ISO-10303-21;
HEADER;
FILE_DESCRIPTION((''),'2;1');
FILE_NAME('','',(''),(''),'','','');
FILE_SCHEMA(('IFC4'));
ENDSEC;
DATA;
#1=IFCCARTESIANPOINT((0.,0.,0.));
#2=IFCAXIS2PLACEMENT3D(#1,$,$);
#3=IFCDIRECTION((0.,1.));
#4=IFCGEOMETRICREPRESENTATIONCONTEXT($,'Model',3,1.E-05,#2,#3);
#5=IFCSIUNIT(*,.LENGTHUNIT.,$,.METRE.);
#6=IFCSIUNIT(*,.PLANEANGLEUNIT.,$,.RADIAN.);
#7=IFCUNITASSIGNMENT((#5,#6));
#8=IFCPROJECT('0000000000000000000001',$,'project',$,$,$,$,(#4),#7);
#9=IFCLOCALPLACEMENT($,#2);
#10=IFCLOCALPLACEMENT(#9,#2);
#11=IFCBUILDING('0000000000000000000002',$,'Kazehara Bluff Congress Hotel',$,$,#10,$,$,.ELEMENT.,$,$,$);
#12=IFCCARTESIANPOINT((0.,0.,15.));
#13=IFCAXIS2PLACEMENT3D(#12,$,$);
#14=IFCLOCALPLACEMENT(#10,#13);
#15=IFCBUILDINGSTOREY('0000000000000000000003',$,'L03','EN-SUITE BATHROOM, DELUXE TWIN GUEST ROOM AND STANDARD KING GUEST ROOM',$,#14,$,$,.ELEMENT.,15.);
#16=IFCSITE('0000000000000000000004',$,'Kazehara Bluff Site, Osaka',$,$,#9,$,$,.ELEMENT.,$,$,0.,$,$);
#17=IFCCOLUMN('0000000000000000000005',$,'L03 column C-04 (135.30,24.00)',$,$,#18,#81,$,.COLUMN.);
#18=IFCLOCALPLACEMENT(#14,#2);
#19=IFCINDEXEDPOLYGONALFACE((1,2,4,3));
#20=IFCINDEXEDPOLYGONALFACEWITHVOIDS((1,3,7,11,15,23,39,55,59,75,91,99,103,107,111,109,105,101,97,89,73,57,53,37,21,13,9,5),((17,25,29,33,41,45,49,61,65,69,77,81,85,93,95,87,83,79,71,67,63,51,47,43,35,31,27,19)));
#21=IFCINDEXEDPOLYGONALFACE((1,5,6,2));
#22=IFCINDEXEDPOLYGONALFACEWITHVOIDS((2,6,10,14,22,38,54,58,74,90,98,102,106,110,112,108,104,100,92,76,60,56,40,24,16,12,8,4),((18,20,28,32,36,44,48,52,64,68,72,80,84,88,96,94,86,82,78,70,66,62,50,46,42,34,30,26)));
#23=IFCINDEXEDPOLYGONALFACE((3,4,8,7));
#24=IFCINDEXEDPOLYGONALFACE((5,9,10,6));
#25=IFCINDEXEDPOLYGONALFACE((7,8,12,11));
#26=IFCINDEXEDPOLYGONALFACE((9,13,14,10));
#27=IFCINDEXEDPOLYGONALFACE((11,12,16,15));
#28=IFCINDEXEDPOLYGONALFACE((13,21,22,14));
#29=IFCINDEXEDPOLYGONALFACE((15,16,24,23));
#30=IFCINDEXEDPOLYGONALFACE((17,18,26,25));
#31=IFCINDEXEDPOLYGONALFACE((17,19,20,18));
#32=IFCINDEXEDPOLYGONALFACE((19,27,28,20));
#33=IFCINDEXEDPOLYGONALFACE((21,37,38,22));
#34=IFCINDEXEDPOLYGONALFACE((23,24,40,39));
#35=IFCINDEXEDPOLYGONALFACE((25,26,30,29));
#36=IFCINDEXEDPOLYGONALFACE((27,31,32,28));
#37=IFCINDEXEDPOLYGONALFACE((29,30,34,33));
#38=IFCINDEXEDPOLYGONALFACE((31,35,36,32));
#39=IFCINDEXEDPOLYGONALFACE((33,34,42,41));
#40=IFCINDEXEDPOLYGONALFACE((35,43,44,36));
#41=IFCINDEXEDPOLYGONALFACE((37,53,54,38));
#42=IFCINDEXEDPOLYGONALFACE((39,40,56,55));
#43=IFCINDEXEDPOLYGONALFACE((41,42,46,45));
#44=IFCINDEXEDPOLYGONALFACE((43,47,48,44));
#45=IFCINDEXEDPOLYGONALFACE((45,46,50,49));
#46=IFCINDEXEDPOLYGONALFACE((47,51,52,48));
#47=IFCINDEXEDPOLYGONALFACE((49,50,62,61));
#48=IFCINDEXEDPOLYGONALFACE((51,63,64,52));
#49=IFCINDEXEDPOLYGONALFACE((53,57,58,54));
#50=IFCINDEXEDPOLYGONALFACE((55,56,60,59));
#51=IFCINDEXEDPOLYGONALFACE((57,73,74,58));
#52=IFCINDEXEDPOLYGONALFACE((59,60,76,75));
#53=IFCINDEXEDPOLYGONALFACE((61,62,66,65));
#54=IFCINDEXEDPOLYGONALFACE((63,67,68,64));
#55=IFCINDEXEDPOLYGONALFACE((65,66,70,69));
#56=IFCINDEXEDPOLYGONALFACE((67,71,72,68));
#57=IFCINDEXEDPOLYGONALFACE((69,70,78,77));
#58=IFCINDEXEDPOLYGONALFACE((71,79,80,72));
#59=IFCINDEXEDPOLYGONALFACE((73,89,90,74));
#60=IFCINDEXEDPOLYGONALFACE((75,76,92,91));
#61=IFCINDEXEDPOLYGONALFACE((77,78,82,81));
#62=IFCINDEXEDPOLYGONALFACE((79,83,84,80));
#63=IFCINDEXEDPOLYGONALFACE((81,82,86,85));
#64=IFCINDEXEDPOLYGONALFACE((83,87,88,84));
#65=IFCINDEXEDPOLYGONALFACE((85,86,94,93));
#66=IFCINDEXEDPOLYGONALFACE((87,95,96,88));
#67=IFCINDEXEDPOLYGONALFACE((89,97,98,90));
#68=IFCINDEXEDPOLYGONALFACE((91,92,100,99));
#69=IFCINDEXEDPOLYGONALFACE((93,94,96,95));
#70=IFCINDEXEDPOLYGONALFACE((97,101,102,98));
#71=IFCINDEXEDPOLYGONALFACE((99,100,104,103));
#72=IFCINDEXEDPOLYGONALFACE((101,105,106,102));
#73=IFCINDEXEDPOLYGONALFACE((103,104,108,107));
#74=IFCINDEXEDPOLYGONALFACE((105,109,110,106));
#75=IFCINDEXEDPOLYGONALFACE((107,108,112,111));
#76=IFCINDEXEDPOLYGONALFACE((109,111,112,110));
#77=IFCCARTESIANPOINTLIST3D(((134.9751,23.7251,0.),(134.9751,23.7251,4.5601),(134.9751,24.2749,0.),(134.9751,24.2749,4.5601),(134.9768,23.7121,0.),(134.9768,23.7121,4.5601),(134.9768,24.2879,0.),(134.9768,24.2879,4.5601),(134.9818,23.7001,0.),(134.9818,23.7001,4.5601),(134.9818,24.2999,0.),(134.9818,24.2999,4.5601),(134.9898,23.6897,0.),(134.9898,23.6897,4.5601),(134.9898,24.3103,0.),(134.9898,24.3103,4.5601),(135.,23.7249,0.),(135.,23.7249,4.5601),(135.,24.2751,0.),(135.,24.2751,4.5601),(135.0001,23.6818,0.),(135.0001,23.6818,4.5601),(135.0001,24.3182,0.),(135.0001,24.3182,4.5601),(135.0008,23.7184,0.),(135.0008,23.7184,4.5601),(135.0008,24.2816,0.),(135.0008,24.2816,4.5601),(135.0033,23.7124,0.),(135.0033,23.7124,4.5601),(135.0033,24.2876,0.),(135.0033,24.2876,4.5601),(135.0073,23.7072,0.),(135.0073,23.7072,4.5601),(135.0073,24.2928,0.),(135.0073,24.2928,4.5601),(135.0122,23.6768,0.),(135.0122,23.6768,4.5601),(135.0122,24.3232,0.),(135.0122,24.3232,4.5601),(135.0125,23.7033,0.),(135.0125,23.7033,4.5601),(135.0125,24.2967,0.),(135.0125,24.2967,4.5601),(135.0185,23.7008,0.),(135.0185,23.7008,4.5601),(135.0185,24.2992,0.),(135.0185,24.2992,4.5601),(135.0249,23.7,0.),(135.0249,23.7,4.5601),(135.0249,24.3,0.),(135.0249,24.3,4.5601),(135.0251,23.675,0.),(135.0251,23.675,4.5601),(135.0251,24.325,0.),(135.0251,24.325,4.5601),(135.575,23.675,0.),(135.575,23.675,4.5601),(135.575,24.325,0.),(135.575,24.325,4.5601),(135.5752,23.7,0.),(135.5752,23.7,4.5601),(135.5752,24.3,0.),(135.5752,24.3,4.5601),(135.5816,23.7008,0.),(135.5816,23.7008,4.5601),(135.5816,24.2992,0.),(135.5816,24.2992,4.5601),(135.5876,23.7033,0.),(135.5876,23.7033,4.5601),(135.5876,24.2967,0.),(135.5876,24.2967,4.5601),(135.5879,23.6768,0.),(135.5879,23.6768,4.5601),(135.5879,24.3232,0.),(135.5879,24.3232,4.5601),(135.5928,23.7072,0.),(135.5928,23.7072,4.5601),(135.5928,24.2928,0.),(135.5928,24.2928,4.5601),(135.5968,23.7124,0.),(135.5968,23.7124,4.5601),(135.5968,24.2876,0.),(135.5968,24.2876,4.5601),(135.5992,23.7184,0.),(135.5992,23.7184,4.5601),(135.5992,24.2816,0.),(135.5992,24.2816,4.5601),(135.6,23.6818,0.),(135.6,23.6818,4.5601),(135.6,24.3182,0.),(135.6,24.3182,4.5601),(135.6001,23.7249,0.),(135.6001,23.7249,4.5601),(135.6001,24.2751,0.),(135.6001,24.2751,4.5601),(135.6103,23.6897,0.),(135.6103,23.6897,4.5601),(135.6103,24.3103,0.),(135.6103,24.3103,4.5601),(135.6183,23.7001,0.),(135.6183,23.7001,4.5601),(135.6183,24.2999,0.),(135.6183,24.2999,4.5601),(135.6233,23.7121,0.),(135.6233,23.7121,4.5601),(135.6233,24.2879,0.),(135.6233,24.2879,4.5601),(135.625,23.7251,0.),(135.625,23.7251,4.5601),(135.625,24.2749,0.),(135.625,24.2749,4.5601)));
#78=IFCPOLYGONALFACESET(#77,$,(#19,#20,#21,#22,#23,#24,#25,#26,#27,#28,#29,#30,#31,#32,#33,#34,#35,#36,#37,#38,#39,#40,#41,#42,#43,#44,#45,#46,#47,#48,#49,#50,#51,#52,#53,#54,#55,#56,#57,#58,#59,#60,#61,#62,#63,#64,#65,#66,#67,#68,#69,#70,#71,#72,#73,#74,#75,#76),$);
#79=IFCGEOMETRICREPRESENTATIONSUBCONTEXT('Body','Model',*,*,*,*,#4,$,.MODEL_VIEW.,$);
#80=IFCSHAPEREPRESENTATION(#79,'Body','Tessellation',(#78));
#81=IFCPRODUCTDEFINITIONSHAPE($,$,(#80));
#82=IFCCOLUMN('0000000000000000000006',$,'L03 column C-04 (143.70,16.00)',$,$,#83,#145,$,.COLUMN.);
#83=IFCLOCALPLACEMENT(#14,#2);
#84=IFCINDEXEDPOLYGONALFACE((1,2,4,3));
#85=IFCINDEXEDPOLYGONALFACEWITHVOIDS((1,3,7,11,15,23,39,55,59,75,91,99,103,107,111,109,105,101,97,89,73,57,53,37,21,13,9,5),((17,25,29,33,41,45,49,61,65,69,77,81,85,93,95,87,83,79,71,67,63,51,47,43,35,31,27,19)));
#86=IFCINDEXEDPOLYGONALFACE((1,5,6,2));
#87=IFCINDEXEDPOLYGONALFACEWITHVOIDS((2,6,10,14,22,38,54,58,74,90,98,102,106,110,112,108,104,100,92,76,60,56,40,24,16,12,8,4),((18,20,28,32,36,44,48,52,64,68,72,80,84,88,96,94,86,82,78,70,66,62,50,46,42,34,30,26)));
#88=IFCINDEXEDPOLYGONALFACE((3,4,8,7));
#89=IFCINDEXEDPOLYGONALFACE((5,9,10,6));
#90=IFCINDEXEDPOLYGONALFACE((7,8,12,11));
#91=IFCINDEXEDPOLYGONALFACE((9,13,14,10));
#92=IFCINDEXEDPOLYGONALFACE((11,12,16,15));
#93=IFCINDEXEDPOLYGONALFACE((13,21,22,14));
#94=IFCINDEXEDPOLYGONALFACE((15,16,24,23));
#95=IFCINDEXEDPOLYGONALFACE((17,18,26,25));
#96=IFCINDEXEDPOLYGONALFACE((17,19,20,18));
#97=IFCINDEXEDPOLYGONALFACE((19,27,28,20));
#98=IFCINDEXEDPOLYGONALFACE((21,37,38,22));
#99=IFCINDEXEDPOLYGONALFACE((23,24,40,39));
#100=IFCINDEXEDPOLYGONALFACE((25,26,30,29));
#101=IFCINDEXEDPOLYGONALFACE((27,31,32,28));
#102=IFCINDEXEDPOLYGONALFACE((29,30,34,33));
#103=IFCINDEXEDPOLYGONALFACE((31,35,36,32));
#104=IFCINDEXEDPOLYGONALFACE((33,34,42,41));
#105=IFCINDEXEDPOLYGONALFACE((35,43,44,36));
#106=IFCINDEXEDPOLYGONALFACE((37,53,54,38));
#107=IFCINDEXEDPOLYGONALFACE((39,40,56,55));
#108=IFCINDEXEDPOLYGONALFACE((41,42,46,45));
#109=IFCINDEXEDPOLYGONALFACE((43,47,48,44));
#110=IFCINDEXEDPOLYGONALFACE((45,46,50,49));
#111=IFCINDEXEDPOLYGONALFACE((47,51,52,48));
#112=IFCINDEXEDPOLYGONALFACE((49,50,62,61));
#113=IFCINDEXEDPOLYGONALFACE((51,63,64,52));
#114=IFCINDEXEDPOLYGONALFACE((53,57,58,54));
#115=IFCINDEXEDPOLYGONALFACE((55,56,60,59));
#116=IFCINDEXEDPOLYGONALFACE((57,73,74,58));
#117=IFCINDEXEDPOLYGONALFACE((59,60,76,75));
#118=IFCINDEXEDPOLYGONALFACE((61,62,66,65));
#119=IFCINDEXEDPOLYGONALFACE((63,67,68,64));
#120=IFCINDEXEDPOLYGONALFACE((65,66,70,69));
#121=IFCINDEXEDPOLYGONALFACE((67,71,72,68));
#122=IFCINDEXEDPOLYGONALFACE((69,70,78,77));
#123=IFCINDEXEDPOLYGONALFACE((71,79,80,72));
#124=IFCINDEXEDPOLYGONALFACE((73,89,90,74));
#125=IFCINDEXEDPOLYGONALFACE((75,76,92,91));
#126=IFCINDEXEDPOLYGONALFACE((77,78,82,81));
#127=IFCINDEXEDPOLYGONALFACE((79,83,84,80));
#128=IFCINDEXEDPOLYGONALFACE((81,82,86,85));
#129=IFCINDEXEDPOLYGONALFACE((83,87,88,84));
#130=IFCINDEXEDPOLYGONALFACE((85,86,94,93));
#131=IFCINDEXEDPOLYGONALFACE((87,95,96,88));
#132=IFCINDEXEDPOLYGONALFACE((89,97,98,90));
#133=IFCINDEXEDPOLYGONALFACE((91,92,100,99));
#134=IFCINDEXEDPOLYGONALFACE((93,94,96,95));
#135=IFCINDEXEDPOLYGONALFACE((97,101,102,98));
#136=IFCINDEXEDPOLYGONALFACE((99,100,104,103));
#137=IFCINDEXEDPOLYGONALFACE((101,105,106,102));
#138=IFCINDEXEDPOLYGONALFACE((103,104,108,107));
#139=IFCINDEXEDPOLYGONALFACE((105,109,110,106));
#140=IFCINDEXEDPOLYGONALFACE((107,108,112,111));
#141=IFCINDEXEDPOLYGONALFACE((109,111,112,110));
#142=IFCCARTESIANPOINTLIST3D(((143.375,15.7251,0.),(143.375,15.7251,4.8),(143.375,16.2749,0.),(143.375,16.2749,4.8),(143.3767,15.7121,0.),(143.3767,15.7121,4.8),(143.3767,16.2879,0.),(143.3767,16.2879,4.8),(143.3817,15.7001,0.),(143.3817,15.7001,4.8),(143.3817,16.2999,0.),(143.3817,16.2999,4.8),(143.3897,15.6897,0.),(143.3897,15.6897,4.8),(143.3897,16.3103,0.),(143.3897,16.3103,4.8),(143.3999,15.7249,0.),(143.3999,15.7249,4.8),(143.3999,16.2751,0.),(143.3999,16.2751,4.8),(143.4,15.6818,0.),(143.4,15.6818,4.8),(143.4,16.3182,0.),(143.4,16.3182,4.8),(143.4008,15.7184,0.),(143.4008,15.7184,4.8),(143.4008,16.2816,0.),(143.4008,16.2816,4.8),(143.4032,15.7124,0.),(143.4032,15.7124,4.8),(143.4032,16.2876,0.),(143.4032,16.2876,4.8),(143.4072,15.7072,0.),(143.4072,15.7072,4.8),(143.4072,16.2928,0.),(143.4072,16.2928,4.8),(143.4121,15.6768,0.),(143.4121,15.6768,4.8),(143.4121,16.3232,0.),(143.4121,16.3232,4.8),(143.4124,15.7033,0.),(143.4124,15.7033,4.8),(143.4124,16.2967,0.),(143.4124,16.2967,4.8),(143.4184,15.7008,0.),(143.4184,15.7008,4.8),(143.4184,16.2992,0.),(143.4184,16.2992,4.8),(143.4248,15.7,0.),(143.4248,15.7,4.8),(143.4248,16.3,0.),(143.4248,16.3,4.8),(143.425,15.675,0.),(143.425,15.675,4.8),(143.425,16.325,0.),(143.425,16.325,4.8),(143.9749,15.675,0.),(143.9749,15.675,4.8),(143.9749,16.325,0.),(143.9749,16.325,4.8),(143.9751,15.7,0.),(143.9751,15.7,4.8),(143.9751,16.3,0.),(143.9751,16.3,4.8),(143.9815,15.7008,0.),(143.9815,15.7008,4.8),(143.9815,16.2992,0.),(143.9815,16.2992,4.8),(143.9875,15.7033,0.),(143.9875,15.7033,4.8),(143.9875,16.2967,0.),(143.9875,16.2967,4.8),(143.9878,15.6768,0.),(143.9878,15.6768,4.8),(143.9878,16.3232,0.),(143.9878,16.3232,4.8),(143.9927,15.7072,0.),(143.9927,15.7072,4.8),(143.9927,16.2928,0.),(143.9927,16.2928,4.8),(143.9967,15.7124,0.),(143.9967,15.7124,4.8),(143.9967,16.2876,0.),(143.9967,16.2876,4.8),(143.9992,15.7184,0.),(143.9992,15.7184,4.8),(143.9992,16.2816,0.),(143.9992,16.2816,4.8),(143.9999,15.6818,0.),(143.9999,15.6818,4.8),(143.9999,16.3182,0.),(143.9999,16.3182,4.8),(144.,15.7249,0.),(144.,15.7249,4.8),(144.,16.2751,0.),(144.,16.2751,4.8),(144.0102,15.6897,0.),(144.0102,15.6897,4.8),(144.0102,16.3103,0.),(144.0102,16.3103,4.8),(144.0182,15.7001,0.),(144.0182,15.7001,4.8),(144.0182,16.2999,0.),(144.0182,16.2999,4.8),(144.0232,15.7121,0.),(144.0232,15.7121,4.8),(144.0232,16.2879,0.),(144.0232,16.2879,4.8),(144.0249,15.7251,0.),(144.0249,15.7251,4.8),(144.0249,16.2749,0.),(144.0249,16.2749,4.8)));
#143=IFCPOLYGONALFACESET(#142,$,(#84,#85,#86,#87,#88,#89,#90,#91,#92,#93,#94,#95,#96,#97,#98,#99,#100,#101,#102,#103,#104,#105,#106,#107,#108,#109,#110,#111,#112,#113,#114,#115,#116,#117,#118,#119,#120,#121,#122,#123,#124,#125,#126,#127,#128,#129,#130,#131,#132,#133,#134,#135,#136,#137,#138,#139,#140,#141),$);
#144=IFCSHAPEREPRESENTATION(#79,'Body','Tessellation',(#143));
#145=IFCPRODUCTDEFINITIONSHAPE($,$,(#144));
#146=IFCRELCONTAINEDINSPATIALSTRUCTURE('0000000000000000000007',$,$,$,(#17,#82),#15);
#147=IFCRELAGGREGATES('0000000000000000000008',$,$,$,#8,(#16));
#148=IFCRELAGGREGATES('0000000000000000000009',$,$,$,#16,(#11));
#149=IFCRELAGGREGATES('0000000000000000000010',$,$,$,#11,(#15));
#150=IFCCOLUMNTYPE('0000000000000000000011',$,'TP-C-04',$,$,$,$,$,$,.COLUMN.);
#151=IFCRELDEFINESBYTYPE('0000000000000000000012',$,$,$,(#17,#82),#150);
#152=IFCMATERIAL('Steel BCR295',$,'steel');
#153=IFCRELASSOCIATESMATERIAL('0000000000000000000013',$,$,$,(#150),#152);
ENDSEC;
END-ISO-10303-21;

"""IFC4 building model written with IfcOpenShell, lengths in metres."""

from ifc_helpers import new_model, si_unit, direction, frame, origin, origin_2d, place, context, subcontext, project, spatial, hollow_rectangle, extrude, material, material_profile, profile_set, type_object, element, save


model = new_model("IFC4")

# Units and contexts
model_context = context("Model", 3, precision=1e-05, world=origin(), true_north=direction((0.0, 1.0)))
body_context = subcontext(model_context, "Body", "Model", "MODEL_VIEW")
ifc_project = project(units=[si_unit("LENGTHUNIT", "METRE"), si_unit("PLANEANGLEUNIT", "RADIAN")], contexts=[model_context])

# Site, building, storey
site_placement = place(None, origin())
site = spatial("IfcSite", under=ifc_project, at=site_placement, Name="Kazehara Bluff Site, Osaka", CompositionType="ELEMENT", RefElevation=0.0)
building_placement = place(site_placement, origin())
building = spatial("IfcBuilding", under=site, at=building_placement, Name="Kazehara Bluff Congress Hotel", CompositionType="ELEMENT")
storey_placement = place(building_placement, frame((0.0, 0.0, 15.0)))
storey = spatial("IfcBuildingStorey", under=building, at=storey_placement, Name="L03", Description="EN-SUITE BATHROOM, DELUXE TWIN GUEST ROOM AND STANDARD KING GUEST ROOM", CompositionType="ELEMENT", Elevation=15.0)

# Columns
ifc_material_1 = material(Name="Steel BCR295", Category="steel")
ifc_material_profile_1 = material_profile(ifc_material_1, hollow_rectangle(XDim=0.6499, YDim=0.6499, WallThickness=0.0249, InnerFilletRadius=0.0249, OuterFilletRadius=0.05, at=origin_2d()))
ifc_profile_set_1 = profile_set([ifc_material_profile_1], Name="Steel BCR295")
column_type = type_object("IfcColumnType", Name="TP-C-04", PredefinedType="COLUMN", material=ifc_profile_set_1)
column_placement = place(storey_placement, frame((135.3, 24.0, 0.0), z_axis=(0.0, 0.0, 1.0), x_axis=(1.0, 0.0, 0.0)))
element("IfcColumn", 1, at=column_placement, inside=storey, type_object=column_type, Name="L03 column C-04 (135.30,24.00)", PredefinedType="COLUMN", context=body_context, shape_type="SweptSolid", body=[
    extrude(hollow_rectangle(XDim=0.6499, YDim=0.6499, WallThickness=0.0249, InnerFilletRadius=0.0249, OuterFilletRadius=0.05, at=origin_2d()), origin(), (0.0, 0.0, 1.0), 4.5601),
])
for number, where, z_axis, x_axis, name in (
    (2, (143.7, 16.0, 0.0), (0.0, 0.0, 1.0), (1.0, 0.0, 0.0), "L03 column C-04 (143.70,16.00)"),
):
    element("IfcColumn", number, at=place(storey_placement, frame(where, z_axis=z_axis, x_axis=x_axis)), inside=storey, type_object=column_type, Name=name, PredefinedType="COLUMN", context=body_context, shape_type="SweptSolid", body=[
        extrude(hollow_rectangle(XDim=0.6499, YDim=0.6499, WallThickness=0.0249, InnerFilletRadius=0.0249, OuterFilletRadius=0.05, at=origin_2d()), origin(), (0.0, 0.0, 1.0), 4.8),
    ])

save(model, "model.ifc")
